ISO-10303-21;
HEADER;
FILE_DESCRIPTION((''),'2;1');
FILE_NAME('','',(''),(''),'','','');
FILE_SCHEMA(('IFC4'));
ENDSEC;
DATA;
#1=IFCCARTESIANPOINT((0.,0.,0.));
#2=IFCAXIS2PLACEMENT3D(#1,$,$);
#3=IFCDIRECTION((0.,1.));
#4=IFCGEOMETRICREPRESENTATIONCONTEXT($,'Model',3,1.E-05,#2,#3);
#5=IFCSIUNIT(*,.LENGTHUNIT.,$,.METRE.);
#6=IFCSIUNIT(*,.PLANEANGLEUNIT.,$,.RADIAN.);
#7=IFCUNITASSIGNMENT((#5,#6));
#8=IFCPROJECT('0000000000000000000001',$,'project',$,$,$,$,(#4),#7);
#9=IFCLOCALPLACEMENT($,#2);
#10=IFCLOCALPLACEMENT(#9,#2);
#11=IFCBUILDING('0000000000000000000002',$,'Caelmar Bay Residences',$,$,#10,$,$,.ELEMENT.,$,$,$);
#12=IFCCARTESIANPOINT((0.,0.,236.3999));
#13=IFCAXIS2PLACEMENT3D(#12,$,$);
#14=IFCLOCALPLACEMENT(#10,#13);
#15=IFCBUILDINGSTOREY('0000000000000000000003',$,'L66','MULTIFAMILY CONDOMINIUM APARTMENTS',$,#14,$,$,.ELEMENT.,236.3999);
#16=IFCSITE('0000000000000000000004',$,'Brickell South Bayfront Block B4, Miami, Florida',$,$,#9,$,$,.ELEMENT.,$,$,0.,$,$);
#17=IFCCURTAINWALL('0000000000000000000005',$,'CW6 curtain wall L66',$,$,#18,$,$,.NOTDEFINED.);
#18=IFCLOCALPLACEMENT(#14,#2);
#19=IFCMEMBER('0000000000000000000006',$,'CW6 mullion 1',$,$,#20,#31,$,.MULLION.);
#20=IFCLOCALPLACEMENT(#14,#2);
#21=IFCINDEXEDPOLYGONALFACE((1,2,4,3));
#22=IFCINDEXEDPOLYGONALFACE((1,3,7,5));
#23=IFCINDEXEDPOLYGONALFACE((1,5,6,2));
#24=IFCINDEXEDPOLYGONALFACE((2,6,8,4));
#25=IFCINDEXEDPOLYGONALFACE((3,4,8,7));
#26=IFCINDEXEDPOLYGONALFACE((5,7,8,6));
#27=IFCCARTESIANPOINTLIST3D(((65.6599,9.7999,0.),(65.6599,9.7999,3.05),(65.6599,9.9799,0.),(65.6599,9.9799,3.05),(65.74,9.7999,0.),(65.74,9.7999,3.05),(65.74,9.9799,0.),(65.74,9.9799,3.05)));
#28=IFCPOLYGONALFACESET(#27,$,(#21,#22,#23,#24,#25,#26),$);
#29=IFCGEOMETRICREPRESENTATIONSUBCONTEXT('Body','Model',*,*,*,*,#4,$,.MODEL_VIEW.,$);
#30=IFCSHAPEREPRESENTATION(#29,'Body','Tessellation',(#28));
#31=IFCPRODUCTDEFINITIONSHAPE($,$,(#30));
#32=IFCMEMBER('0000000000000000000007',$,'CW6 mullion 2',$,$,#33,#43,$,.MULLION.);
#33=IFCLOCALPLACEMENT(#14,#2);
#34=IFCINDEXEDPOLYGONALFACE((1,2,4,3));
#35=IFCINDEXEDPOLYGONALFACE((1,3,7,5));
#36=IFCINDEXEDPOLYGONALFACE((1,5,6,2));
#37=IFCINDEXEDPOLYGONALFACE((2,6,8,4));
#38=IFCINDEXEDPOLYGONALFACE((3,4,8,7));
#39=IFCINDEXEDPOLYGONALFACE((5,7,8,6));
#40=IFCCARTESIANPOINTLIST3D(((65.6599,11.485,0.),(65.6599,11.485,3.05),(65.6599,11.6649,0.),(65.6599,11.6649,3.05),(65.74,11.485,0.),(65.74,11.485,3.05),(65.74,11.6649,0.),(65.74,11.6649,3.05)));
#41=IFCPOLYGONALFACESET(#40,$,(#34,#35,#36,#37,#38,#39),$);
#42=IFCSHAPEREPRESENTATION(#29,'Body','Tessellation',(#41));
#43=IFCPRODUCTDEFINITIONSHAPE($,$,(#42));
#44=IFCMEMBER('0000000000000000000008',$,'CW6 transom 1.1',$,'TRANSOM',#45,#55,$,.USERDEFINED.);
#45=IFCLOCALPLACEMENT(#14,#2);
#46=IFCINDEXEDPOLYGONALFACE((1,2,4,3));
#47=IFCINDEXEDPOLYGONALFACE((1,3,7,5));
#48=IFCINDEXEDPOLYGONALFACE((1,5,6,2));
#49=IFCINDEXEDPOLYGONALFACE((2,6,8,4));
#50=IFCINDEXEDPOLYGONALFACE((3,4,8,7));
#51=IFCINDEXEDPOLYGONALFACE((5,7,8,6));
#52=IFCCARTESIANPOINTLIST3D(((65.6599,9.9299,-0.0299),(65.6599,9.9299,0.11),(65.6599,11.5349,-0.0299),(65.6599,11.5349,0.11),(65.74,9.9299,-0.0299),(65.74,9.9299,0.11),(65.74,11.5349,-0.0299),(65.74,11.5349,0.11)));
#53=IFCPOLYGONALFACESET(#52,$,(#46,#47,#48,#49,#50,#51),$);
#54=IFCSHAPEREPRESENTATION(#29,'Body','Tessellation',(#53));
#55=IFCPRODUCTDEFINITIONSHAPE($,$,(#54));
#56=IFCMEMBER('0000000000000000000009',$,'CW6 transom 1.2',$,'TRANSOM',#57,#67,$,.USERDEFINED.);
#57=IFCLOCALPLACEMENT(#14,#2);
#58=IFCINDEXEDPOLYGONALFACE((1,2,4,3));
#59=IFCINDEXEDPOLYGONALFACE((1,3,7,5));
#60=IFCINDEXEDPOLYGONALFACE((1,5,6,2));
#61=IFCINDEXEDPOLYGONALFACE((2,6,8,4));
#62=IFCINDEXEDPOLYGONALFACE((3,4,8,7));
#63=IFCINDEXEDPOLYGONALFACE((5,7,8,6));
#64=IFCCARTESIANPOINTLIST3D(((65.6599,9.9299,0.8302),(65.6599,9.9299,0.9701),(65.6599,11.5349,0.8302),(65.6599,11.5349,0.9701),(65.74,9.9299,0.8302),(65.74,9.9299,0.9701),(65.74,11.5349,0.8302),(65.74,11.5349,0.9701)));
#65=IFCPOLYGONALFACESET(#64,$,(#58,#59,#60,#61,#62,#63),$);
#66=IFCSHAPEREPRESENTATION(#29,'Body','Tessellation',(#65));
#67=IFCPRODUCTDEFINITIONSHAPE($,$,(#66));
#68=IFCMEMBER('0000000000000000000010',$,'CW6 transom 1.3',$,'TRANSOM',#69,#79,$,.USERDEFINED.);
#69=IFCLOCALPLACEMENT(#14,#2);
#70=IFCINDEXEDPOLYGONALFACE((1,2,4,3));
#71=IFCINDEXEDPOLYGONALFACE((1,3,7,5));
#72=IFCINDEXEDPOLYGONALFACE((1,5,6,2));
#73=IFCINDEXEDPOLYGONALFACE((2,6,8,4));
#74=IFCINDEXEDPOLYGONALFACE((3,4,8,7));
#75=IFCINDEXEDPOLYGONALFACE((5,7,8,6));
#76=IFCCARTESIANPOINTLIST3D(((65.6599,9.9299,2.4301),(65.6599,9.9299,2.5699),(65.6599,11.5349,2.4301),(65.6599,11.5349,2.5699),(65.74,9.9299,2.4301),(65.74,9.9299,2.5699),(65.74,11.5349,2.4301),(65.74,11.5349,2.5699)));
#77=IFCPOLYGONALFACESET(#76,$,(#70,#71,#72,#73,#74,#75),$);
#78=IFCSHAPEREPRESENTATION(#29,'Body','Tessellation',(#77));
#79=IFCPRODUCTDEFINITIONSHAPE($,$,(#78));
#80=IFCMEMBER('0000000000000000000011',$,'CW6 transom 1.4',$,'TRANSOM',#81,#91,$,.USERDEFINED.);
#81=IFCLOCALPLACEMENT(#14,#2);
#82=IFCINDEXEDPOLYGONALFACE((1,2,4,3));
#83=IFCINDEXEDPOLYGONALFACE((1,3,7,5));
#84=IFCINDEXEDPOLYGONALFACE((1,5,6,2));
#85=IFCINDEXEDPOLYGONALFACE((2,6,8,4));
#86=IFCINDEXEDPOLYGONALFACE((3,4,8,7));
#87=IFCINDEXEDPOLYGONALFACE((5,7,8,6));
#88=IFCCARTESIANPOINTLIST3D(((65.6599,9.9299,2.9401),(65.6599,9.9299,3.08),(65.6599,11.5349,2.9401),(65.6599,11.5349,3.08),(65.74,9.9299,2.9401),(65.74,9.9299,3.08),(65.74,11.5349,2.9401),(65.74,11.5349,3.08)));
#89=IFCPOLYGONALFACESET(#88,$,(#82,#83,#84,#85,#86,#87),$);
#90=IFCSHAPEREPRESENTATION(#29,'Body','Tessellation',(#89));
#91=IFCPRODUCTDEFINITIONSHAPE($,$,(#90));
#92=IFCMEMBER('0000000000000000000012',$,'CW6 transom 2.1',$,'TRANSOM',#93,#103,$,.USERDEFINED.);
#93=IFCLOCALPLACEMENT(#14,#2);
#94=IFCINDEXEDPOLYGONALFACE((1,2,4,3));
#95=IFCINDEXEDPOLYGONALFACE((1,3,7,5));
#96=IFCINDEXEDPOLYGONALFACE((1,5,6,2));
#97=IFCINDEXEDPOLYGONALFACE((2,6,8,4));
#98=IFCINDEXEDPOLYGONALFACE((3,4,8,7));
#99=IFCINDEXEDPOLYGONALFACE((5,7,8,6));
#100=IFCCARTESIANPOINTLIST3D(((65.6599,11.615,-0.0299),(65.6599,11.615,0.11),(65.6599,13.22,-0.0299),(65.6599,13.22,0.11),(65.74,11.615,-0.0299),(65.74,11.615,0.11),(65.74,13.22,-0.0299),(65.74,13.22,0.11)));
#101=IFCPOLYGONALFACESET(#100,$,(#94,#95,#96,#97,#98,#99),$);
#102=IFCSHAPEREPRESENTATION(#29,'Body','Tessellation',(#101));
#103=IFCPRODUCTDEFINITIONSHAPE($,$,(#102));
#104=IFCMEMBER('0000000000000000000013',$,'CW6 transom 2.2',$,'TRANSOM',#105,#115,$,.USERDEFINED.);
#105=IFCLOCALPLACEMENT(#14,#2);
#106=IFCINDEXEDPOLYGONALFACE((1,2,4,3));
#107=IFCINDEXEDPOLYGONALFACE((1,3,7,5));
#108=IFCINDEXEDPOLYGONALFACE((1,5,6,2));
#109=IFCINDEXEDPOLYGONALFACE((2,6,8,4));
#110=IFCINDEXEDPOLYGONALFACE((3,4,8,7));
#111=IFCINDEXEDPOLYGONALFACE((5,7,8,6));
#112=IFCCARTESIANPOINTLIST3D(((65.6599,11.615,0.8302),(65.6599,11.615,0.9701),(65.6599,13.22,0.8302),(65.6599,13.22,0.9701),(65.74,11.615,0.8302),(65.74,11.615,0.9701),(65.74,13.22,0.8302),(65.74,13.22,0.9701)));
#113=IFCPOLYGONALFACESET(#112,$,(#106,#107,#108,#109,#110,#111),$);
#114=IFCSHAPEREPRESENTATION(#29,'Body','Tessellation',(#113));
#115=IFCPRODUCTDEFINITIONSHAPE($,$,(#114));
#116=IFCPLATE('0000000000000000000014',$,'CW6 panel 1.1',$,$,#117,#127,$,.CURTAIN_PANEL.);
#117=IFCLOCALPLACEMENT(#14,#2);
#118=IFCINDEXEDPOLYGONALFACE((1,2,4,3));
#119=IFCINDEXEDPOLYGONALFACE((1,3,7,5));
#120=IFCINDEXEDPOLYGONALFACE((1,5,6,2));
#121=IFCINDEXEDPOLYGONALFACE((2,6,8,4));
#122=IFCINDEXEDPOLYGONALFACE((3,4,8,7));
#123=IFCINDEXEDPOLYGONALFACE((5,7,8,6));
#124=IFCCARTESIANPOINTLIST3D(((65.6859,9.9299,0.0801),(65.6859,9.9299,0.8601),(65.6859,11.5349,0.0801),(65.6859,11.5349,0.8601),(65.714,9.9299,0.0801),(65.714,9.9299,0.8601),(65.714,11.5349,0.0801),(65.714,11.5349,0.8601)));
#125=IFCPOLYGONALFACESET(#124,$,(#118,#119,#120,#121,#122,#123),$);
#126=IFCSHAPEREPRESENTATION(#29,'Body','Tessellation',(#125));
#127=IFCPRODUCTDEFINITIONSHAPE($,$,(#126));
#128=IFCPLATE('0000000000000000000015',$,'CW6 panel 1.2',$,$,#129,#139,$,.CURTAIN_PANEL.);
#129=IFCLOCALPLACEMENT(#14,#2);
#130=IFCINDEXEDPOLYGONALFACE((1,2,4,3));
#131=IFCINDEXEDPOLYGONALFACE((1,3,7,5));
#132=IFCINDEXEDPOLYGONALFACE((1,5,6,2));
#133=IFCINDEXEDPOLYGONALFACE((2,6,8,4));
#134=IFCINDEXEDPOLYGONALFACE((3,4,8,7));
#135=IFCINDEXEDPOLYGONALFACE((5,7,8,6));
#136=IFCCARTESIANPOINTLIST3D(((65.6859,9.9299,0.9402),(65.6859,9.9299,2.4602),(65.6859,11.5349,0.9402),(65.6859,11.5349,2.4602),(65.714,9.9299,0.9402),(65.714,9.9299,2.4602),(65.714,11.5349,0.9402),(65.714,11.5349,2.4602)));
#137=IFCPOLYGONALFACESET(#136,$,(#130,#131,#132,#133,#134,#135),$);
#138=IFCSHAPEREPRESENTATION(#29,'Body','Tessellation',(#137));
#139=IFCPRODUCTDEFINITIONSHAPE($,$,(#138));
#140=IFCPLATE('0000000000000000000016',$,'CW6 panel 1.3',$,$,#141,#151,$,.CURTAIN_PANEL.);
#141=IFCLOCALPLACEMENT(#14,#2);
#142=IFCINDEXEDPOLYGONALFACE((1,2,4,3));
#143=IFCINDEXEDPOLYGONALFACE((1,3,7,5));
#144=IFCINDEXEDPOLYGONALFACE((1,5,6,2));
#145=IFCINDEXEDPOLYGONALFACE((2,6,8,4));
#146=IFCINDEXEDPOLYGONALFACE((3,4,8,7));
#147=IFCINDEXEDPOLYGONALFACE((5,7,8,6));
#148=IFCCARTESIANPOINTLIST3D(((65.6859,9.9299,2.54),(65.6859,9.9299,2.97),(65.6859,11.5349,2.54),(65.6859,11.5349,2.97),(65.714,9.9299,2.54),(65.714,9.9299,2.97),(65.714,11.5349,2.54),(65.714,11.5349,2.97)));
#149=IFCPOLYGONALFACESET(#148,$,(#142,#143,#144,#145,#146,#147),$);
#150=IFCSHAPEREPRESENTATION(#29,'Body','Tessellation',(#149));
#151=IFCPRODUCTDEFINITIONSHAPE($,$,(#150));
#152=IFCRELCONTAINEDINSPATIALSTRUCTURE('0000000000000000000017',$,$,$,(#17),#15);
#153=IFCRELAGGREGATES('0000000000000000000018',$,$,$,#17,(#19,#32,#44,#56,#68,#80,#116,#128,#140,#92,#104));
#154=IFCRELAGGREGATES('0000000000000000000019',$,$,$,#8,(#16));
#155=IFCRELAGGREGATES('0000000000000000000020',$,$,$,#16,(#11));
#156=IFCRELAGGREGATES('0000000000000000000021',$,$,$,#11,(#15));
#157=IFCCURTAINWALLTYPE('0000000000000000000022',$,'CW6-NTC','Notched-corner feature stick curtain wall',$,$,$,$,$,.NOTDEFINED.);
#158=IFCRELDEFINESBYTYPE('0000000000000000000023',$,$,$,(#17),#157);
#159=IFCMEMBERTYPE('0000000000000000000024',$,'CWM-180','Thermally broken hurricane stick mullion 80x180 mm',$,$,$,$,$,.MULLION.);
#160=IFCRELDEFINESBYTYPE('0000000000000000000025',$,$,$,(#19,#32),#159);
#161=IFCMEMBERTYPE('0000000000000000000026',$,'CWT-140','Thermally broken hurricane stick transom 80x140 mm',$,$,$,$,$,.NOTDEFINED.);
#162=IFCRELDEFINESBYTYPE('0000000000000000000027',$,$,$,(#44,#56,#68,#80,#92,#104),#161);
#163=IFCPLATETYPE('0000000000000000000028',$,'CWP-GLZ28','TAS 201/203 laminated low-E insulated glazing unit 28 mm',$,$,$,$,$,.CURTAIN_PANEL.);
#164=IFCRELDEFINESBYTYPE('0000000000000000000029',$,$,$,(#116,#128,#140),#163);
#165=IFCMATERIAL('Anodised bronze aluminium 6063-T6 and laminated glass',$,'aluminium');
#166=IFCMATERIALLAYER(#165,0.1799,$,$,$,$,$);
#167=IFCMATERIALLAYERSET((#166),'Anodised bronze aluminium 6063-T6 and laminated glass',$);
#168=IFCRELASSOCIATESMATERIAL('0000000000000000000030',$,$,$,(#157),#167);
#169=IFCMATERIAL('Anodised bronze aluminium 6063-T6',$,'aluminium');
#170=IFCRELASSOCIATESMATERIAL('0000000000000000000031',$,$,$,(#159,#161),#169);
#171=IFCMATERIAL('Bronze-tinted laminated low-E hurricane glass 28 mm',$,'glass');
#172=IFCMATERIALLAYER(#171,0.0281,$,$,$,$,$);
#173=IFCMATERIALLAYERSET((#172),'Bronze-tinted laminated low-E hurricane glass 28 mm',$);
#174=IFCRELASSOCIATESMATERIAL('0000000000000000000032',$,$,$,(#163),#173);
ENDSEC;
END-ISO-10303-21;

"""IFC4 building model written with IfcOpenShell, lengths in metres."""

from ifc_helpers import new_model, si_unit, direction, frame, origin, origin_2d, place, context, subcontext, project, spatial, rectangle, extrude, material, layer, layer_set, material_profile, profile_set, type_object, element, aggregate, save


model = new_model("IFC4")

# Units and contexts
model_context = context("Model", 3, precision=1e-05, world=origin(), true_north=direction((0.0, 1.0)))
body_context = subcontext(model_context, "Body", "Model", "MODEL_VIEW")
ifc_project = project(units=[si_unit("LENGTHUNIT", "METRE"), si_unit("PLANEANGLEUNIT", "RADIAN")], contexts=[model_context])

# Site, building, storey
site_placement = place(None, origin())
site = spatial("IfcSite", under=ifc_project, at=site_placement, Name="Brickell South Bayfront Block B4, Miami, Florida", CompositionType="ELEMENT", RefElevation=0.0)
building_placement = place(site_placement, origin())
building = spatial("IfcBuilding", under=site, at=building_placement, Name="Caelmar Bay Residences", CompositionType="ELEMENT")
storey_placement = place(building_placement, frame((0.0, 0.0, 236.3999)))
storey = spatial("IfcBuildingStorey", under=building, at=storey_placement, Name="L66", Description="MULTIFAMILY CONDOMINIUM APARTMENTS", CompositionType="ELEMENT", Elevation=236.3999)

# Curtain wall, members, plates
ifc_material_1 = material(Name="Anodised bronze aluminium 6063-T6 and laminated glass", Category="aluminium")
ifc_layer_1 = layer(ifc_material_1, 0.1799)
ifc_layer_set_1 = layer_set([ifc_layer_1], Name="Anodised bronze aluminium 6063-T6 and laminated glass")
curtain_wall_type = type_object("IfcCurtainWallType", Name="CW6-NTC", Description="Notched-corner feature stick curtain wall", PredefinedType="NOTDEFINED", material=ifc_layer_set_1)
curtain_wall_placement = place(storey_placement, origin())
curtain_wall = element("IfcCurtainWall", 1, at=curtain_wall_placement, inside=storey, type_object=curtain_wall_type, Name="CW6 curtain wall L66", PredefinedType="NOTDEFINED")
ifc_material_2 = material(Name="Anodised bronze aluminium 6063-T6", Category="aluminium")
ifc_material_profile_1 = material_profile(ifc_material_2, rectangle(XDim=0.0801, YDim=0.1799, at=origin_2d()), Name="CWM-80X180")
ifc_profile_set_1 = profile_set([ifc_material_profile_1], Name="Anodised bronze aluminium 6063-T6")
member_type_1 = type_object("IfcMemberType", Name="CWM-180", Description="Thermally broken hurricane stick mullion 80x180 mm", PredefinedType="MULLION", material=ifc_profile_set_1)
member_1_placement = place(storey_placement, frame((65.7, 9.8899, 0.0), z_axis=(0.0, 0.0, 1.0), x_axis=(-1.0, 0.0, 0.0)))
member_1 = element("IfcMember", 2, at=member_1_placement, type_object=member_type_1, Name="CW6 mullion 1", PredefinedType="MULLION", context=body_context, shape_type="SweptSolid", body=[
    extrude(rectangle(XDim=0.0801, YDim=0.1799, at=origin_2d()), origin(), (0.0, 0.0, 1.0), 3.05),
])
member_2_placement = place(storey_placement, frame((65.7, 11.575, 0.0), z_axis=(0.0, 0.0, 1.0), x_axis=(-1.0, 0.0, 0.0)))
member_2 = element("IfcMember", 3, at=member_2_placement, type_object=member_type_1, Name="CW6 mullion 2", PredefinedType="MULLION", context=body_context, shape_type="SweptSolid", body=[
    extrude(rectangle(XDim=0.0801, YDim=0.1799, at=origin_2d()), origin(), (0.0, 0.0, 1.0), 3.05),
])
ifc_material_profile_2 = material_profile(ifc_material_2, rectangle(XDim=0.0801, YDim=0.1399, at=origin_2d()), Name="CWT-80X140")
ifc_profile_set_2 = profile_set([ifc_material_profile_2], Name="Anodised bronze aluminium 6063-T6")
member_type_2 = type_object("IfcMemberType", Name="CWT-140", Description="Thermally broken hurricane stick transom 80x140 mm", PredefinedType="NOTDEFINED", material=ifc_profile_set_2)
member_3_placement = place(storey_placement, frame((65.7, 9.9299, 0.04), z_axis=(0.0, 1.0, 0.0), x_axis=(-1.0, 0.0, 0.0)))
member_3 = element("IfcMember", 4, at=member_3_placement, type_object=member_type_2, Name="CW6 transom 1.1", ObjectType="TRANSOM", PredefinedType="USERDEFINED", context=body_context, shape_type="SweptSolid", body=[
    extrude(rectangle(XDim=0.0801, YDim=0.1399, at=origin_2d()), origin(), (0.0, 0.0, 1.0), 1.605),
])
member_4_placement = place(storey_placement, frame((65.7, 9.9299, 0.9001), z_axis=(0.0, 1.0, 0.0), x_axis=(-1.0, 0.0, 0.0)))
member_4 = element("IfcMember", 5, at=member_4_placement, type_object=member_type_2, Name="CW6 transom 1.2", ObjectType="TRANSOM", PredefinedType="USERDEFINED", context=body_context, shape_type="SweptSolid", body=[
    extrude(rectangle(XDim=0.0801, YDim=0.1399, at=origin_2d()), origin(), (0.0, 0.0, 1.0), 1.605),
])
member_5_placement = place(storey_placement, frame((65.7, 9.9299, 2.5), z_axis=(0.0, 1.0, 0.0), x_axis=(-1.0, 0.0, 0.0)))
member_5 = element("IfcMember", 6, at=member_5_placement, type_object=member_type_2, Name="CW6 transom 1.3", ObjectType="TRANSOM", PredefinedType="USERDEFINED", context=body_context, shape_type="SweptSolid", body=[
    extrude(rectangle(XDim=0.0801, YDim=0.1399, at=origin_2d()), origin(), (0.0, 0.0, 1.0), 1.605),
])
member_6_placement = place(storey_placement, frame((65.7, 9.9299, 3.01), z_axis=(0.0, 1.0, 0.0), x_axis=(-1.0, 0.0, 0.0)))
member_6 = element("IfcMember", 7, at=member_6_placement, type_object=member_type_2, Name="CW6 transom 1.4", ObjectType="TRANSOM", PredefinedType="USERDEFINED", context=body_context, shape_type="SweptSolid", body=[
    extrude(rectangle(XDim=0.0801, YDim=0.1399, at=origin_2d()), origin(), (0.0, 0.0, 1.0), 1.605),
])
member_7_placement = place(storey_placement, frame((65.7, 11.615, 0.04), z_axis=(0.0, 1.0, 0.0), x_axis=(-1.0, 0.0, 0.0)))
member_7 = element("IfcMember", 8, at=member_7_placement, type_object=member_type_2, Name="CW6 transom 2.1", ObjectType="TRANSOM", PredefinedType="USERDEFINED", context=body_context, shape_type="SweptSolid", body=[
    extrude(rectangle(XDim=0.0801, YDim=0.1399, at=origin_2d()), origin(), (0.0, 0.0, 1.0), 1.605),
])
member_8_placement = place(storey_placement, frame((65.7, 11.615, 0.9001), z_axis=(0.0, 1.0, 0.0), x_axis=(-1.0, 0.0, 0.0)))
member_8 = element("IfcMember", 9, at=member_8_placement, type_object=member_type_2, Name="CW6 transom 2.2", ObjectType="TRANSOM", PredefinedType="USERDEFINED", context=body_context, shape_type="SweptSolid", body=[
    extrude(rectangle(XDim=0.0801, YDim=0.1399, at=origin_2d()), origin(), (0.0, 0.0, 1.0), 1.605),
])
ifc_material_3 = material(Name="Bronze-tinted laminated low-E hurricane glass 28 mm", Category="glass")
ifc_layer_2 = layer(ifc_material_3, 0.0281)
ifc_layer_set_2 = layer_set([ifc_layer_2], Name="Bronze-tinted laminated low-E hurricane glass 28 mm")
plate_type = type_object("IfcPlateType", Name="CWP-GLZ28", Description="TAS 201/203 laminated low-E insulated glazing unit 28 mm", PredefinedType="CURTAIN_PANEL", material=ifc_layer_set_2)
plate_1_placement = place(storey_placement, frame((65.7, 10.7324, 0.0801), z_axis=(0.0, 0.0, 1.0), x_axis=(0.0, 1.0, 0.0)))
plate_1 = element("IfcPlate", 10, at=plate_1_placement, type_object=plate_type, Name="CW6 panel 1.1", PredefinedType="CURTAIN_PANEL", context=body_context, shape_type="SweptSolid", body=[
    extrude(rectangle(XDim=1.605, YDim=0.0281, at=origin_2d()), origin(), (0.0, 0.0, 1.0), 0.78),
])
plate_2_placement = place(storey_placement, frame((65.7, 10.7324, 0.9402), z_axis=(0.0, 0.0, 1.0), x_axis=(0.0, 1.0, 0.0)))
plate_2 = element("IfcPlate", 11, at=plate_2_placement, type_object=plate_type, Name="CW6 panel 1.2", PredefinedType="CURTAIN_PANEL", context=body_context, shape_type="SweptSolid", body=[
    extrude(rectangle(XDim=1.605, YDim=0.0281, at=origin_2d()), origin(), (0.0, 0.0, 1.0), 1.52),
])
plate_3_placement = place(storey_placement, frame((65.7, 10.7324, 2.54), z_axis=(0.0, 0.0, 1.0), x_axis=(0.0, 1.0, 0.0)))
plate_3 = element("IfcPlate", 12, at=plate_3_placement, type_object=plate_type, Name="CW6 panel 1.3", PredefinedType="CURTAIN_PANEL", context=body_context, shape_type="SweptSolid", body=[
    extrude(rectangle(XDim=1.605, YDim=0.0281, at=origin_2d()), origin(), (0.0, 0.0, 1.0), 0.4299),
])
aggregate(curtain_wall, [member_1, member_2, member_3, member_4, member_5, member_6, plate_1, plate_2, plate_3, member_7, member_8])

save(model, "model.ifc")
